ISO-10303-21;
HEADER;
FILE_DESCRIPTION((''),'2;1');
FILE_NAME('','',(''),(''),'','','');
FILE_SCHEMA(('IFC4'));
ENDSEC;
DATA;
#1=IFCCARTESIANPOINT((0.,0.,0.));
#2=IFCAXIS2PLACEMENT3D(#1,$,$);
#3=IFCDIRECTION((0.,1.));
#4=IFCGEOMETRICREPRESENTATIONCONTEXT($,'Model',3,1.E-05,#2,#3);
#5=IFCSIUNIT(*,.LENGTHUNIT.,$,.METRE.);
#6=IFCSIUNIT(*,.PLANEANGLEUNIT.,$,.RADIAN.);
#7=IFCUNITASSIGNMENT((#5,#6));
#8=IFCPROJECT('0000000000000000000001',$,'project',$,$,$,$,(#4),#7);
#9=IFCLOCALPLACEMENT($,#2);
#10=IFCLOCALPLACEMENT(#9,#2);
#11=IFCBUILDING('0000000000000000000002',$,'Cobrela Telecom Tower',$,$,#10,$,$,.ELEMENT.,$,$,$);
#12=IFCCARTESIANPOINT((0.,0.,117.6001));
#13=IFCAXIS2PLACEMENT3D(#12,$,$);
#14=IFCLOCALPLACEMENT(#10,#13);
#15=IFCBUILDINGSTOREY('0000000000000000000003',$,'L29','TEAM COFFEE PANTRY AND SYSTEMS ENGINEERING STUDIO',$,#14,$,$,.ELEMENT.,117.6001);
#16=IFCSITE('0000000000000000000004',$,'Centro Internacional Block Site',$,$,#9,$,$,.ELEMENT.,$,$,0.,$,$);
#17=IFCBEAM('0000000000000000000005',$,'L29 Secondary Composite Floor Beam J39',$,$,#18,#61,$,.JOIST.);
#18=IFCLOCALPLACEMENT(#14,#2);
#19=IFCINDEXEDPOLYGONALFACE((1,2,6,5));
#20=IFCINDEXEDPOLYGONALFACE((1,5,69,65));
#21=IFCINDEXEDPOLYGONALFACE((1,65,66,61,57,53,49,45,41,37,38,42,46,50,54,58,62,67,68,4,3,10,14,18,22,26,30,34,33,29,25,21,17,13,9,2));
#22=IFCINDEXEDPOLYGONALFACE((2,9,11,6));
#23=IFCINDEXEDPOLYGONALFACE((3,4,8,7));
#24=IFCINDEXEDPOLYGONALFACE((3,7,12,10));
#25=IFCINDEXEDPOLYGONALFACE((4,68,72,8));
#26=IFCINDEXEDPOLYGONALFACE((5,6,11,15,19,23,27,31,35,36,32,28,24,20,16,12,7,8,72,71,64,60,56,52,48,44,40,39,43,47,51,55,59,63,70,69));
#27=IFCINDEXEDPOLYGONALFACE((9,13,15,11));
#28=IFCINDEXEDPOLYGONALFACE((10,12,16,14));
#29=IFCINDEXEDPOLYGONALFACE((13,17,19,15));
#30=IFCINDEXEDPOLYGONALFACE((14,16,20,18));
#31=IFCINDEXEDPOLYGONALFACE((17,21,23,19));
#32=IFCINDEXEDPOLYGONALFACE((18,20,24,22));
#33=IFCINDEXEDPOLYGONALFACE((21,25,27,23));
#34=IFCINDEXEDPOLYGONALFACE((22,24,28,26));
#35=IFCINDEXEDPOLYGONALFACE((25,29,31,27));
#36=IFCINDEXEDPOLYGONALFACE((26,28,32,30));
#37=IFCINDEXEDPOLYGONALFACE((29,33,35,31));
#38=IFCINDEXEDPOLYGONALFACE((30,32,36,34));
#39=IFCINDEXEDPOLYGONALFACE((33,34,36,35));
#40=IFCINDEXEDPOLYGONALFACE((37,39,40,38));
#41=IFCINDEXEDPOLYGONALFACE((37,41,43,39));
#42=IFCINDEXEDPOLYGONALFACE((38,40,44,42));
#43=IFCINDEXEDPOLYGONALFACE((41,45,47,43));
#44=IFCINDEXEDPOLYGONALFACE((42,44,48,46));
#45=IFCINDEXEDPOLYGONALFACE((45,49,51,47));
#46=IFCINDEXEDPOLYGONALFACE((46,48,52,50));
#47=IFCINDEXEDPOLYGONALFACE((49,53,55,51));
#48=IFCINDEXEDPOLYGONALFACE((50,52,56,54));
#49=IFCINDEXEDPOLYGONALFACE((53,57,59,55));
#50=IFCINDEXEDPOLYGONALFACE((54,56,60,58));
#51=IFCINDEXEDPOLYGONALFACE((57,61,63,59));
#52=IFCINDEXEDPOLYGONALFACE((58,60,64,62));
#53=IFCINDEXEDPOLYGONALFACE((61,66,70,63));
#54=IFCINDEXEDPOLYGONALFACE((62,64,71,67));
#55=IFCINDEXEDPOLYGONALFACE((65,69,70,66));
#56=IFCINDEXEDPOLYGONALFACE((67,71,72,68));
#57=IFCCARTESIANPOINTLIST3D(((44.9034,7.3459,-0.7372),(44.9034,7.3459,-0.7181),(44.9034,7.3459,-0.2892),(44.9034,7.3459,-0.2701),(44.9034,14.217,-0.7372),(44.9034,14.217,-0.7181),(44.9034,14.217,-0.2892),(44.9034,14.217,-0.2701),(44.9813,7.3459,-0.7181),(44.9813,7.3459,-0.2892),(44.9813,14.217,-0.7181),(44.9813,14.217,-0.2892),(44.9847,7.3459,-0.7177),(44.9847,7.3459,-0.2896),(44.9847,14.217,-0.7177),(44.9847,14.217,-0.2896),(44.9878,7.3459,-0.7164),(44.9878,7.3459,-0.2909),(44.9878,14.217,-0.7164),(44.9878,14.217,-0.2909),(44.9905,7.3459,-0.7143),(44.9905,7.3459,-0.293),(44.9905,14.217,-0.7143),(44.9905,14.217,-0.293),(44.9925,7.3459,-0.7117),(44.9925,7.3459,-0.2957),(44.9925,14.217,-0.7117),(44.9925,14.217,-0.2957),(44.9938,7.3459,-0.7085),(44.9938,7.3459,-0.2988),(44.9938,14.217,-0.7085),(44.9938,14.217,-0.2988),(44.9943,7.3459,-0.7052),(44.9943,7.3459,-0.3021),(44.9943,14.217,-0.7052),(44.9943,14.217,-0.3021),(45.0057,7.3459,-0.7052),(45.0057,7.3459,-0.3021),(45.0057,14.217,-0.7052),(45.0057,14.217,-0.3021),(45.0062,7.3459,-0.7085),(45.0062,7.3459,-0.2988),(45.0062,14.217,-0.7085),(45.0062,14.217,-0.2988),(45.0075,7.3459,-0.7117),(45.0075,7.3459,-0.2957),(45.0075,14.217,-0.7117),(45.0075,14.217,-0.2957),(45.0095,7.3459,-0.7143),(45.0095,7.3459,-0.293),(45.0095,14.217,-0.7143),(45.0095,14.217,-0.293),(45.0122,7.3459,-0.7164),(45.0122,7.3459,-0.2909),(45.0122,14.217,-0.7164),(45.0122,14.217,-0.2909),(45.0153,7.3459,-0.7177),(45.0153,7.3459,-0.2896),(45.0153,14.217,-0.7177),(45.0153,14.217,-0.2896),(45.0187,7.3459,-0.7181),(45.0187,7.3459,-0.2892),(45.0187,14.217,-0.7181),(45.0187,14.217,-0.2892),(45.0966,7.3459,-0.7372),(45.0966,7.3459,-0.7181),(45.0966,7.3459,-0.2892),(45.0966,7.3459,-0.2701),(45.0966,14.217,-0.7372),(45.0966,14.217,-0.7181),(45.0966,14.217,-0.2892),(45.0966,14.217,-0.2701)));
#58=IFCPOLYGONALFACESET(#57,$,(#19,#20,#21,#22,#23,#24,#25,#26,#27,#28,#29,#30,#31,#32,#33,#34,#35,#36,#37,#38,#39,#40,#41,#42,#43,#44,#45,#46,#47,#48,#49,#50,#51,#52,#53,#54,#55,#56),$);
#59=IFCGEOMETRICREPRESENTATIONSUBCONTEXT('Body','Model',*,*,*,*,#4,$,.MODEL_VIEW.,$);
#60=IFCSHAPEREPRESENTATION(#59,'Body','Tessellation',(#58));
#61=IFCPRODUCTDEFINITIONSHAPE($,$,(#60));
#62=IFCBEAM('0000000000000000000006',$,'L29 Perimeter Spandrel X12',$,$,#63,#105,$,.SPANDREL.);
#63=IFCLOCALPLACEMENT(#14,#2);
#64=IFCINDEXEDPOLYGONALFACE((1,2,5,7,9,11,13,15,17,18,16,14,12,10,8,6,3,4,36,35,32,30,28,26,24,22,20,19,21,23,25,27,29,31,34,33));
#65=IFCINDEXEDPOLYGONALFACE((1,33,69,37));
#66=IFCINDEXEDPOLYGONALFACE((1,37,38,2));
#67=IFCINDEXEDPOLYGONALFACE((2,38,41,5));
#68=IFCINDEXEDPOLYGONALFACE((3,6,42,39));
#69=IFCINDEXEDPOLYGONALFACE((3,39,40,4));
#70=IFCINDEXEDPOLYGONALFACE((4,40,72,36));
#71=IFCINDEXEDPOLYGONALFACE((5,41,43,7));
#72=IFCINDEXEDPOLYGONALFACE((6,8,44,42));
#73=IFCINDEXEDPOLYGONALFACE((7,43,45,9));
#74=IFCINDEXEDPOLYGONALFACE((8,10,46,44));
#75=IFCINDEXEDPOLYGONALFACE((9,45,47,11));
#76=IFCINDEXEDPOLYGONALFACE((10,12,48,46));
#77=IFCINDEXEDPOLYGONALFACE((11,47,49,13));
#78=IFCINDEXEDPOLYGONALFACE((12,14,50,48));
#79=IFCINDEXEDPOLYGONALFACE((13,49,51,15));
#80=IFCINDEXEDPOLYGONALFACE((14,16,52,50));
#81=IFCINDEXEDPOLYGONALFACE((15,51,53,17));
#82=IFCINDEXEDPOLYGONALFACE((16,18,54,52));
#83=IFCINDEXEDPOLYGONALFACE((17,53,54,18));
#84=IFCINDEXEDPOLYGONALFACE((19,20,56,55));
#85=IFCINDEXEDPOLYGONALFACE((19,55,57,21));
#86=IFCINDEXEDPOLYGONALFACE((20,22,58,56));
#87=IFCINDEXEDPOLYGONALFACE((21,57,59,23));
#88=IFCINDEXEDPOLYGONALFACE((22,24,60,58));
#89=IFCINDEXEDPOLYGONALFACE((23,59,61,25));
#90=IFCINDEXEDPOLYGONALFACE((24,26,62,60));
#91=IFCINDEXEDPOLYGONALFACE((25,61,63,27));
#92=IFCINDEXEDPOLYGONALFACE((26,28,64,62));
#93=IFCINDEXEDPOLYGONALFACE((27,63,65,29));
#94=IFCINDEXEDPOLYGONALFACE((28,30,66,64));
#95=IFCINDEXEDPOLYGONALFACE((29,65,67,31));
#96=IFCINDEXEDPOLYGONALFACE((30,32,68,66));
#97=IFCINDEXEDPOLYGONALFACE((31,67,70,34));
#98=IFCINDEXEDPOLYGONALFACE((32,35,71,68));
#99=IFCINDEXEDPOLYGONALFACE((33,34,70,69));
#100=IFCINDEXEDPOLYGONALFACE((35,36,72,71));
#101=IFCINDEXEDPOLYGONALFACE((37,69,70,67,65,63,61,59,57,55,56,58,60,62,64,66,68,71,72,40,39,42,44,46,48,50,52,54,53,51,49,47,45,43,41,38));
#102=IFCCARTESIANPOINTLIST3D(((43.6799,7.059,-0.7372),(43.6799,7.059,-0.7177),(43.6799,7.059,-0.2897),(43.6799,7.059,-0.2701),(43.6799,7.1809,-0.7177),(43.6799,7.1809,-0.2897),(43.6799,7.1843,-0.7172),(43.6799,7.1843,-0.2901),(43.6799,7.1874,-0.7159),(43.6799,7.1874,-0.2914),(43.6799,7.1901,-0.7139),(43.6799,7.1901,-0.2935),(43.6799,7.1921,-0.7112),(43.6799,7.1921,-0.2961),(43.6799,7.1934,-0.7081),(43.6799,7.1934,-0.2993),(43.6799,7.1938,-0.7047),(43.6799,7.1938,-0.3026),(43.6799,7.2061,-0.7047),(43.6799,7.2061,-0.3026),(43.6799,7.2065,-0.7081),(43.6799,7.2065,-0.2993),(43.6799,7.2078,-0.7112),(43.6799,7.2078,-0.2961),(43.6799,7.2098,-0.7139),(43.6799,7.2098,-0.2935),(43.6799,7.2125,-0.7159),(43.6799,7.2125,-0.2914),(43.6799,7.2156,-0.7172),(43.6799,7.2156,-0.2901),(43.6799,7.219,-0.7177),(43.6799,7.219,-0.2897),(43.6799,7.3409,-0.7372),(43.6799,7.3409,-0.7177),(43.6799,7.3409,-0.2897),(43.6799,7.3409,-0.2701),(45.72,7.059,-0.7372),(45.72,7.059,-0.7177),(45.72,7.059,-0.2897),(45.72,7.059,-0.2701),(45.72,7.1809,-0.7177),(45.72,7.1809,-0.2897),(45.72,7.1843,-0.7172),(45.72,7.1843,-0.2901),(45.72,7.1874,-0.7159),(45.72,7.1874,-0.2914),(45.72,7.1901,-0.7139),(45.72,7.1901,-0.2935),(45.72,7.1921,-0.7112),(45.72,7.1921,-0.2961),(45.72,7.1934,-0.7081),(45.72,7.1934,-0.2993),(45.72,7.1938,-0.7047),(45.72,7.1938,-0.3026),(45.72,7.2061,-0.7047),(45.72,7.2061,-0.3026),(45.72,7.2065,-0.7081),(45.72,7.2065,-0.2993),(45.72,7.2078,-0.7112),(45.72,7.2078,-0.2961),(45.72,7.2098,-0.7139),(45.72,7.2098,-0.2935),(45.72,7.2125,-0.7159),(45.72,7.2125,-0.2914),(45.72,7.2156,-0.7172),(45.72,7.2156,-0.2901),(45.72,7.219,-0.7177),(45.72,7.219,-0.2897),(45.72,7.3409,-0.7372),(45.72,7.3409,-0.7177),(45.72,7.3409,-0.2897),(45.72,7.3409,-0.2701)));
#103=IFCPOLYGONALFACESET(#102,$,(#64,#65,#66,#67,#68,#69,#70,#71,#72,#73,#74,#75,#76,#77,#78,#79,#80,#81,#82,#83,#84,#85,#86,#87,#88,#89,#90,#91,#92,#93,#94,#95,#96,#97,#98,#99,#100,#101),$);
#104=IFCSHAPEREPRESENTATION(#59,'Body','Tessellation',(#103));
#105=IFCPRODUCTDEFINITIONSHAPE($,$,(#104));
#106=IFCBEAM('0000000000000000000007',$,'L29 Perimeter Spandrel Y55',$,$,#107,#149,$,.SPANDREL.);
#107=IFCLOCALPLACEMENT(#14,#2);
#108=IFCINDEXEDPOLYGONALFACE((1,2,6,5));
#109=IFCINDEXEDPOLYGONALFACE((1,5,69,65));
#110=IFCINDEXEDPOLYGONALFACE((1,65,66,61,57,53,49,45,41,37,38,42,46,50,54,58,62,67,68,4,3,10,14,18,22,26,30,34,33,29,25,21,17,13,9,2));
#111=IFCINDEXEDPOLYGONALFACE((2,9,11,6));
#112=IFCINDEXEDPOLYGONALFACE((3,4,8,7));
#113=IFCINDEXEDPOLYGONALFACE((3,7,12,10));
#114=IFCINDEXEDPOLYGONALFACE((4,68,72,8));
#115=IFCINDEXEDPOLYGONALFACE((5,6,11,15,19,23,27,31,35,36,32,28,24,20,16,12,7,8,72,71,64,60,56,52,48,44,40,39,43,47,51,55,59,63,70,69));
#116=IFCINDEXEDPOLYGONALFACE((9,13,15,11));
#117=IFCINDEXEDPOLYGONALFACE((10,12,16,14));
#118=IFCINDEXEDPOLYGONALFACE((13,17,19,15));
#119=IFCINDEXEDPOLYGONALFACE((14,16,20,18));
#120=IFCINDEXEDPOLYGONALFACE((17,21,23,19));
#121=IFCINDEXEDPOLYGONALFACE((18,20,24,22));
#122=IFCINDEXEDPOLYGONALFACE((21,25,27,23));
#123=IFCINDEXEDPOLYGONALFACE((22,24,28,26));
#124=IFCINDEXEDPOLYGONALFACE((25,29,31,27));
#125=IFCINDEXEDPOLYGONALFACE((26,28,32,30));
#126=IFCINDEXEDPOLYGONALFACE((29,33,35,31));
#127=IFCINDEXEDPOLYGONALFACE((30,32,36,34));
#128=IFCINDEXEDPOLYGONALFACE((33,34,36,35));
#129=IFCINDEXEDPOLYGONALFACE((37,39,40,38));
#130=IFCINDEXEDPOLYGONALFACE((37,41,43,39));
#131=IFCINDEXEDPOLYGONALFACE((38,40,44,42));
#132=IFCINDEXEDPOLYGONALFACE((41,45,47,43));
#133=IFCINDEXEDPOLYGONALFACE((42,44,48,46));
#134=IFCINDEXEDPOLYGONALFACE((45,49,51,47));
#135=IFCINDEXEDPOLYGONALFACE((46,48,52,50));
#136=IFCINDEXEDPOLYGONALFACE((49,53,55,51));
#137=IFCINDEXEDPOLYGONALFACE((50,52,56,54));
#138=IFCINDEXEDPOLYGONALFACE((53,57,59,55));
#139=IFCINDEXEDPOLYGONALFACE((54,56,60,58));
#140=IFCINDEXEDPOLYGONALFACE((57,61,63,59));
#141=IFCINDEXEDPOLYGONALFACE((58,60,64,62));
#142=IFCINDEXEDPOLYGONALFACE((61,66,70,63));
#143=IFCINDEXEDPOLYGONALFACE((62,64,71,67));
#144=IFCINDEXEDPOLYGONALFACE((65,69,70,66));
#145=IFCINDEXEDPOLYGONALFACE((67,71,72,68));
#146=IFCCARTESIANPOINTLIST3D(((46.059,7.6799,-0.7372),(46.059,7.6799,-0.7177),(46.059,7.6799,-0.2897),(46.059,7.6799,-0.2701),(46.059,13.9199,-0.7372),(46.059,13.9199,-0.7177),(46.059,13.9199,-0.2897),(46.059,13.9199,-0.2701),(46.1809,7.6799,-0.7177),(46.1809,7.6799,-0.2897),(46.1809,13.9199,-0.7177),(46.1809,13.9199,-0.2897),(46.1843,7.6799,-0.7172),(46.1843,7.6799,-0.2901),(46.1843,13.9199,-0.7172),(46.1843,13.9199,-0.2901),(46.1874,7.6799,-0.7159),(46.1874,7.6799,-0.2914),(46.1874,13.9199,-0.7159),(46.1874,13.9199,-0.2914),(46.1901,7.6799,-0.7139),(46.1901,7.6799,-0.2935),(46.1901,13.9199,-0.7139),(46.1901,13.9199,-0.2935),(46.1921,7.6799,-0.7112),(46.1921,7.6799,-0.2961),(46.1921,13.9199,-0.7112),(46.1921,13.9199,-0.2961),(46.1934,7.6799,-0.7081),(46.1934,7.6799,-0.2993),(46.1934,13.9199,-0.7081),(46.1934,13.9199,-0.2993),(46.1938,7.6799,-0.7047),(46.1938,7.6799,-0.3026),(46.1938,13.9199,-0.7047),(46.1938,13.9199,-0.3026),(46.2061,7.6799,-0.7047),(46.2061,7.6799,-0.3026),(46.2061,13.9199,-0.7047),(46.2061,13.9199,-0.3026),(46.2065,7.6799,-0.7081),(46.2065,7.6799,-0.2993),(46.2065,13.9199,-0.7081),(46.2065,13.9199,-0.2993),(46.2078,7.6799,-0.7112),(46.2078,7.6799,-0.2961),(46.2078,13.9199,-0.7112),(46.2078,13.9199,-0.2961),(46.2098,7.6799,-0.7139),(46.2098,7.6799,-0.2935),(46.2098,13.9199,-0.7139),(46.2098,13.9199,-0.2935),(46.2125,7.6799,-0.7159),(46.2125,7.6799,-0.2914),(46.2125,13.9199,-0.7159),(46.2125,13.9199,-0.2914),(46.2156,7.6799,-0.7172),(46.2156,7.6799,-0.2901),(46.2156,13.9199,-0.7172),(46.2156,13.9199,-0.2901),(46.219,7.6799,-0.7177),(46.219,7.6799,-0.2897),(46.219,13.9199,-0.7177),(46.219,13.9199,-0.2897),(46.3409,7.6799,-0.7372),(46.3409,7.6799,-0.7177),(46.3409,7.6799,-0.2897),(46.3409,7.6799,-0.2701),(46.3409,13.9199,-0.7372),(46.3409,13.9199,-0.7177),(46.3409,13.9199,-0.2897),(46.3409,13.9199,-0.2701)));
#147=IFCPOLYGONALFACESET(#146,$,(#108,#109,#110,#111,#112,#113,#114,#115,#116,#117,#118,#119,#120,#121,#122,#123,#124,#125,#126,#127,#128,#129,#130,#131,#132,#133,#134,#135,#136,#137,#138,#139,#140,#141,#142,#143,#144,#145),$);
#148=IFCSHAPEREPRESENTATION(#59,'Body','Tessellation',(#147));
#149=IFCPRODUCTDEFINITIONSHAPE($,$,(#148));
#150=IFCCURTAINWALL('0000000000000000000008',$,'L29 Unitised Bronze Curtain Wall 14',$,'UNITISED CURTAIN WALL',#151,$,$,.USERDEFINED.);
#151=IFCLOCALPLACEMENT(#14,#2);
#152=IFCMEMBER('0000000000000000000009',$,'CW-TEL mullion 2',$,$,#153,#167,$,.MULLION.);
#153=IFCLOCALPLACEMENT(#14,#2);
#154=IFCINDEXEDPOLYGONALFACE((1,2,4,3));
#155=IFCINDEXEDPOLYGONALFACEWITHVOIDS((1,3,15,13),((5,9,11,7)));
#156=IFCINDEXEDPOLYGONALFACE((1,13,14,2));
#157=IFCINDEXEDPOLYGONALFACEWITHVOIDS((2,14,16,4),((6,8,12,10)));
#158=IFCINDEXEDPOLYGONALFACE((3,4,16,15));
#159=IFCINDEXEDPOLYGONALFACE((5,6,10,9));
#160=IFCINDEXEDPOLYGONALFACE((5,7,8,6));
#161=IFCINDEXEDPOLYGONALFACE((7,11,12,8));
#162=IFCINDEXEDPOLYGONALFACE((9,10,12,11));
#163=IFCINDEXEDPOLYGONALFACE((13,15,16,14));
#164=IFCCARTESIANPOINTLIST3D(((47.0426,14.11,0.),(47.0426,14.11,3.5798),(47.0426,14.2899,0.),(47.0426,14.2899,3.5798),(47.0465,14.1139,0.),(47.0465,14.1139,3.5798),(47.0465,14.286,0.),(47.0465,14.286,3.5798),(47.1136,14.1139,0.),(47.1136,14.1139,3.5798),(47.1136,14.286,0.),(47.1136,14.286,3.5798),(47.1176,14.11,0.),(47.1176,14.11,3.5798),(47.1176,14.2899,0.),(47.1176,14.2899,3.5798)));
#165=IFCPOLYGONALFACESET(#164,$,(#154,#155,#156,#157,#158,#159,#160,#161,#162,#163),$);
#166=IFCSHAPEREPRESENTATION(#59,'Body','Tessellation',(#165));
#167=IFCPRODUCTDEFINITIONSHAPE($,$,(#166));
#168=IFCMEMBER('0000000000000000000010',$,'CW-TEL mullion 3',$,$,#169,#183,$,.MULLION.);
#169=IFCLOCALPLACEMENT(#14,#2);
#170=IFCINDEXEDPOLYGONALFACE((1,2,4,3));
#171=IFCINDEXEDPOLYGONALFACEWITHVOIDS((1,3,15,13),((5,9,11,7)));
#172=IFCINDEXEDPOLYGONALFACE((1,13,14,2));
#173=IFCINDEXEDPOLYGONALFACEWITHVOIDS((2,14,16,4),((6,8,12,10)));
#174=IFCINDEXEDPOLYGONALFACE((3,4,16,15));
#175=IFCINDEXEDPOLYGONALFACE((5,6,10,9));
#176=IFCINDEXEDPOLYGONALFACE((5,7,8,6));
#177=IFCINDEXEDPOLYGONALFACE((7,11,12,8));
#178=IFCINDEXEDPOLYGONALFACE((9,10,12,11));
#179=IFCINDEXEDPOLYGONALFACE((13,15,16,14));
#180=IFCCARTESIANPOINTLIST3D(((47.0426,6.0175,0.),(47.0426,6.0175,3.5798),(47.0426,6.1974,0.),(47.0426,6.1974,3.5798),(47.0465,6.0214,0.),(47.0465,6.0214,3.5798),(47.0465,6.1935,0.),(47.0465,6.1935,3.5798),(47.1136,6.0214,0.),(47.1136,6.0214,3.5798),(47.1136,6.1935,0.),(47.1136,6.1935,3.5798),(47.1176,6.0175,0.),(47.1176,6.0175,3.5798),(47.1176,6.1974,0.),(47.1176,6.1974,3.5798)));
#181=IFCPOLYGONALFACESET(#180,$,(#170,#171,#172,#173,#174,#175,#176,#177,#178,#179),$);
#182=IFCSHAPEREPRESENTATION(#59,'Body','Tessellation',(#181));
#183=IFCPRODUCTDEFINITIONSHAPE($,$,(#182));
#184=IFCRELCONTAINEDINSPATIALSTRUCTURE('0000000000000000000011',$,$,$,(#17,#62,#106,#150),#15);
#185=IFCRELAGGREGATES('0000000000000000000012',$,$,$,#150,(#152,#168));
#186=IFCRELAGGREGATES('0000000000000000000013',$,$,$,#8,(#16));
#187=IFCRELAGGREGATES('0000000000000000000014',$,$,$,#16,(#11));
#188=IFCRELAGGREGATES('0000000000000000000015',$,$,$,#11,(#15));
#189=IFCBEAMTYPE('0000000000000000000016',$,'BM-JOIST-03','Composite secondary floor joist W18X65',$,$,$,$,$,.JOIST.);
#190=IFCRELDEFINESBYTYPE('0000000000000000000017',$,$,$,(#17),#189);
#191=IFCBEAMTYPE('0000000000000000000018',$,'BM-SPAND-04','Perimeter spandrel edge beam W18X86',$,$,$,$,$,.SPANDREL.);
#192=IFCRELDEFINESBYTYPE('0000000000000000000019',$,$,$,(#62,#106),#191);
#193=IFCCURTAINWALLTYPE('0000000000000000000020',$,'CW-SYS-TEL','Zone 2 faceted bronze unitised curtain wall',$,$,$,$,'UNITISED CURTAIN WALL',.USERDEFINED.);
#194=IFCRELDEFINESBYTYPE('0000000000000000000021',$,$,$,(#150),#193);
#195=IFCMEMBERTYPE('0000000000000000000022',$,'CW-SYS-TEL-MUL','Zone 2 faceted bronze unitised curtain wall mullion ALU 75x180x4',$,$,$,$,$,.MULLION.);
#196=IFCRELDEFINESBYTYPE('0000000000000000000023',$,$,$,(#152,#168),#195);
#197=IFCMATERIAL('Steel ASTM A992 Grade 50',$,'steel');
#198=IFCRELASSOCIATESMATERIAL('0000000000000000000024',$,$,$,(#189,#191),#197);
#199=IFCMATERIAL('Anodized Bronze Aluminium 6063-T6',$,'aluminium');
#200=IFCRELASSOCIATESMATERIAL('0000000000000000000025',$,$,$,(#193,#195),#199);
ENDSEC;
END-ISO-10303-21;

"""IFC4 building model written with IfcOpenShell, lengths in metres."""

from ifc_helpers import new_model, si_unit, direction, frame, origin, origin_2d, place, context, subcontext, project, spatial, hollow_rectangle, i_section, extrude, material, material_profile, profile_set, type_object, element, aggregate, save


model = new_model("IFC4")

# Units and contexts
model_context = context("Model", 3, precision=1e-05, world=origin(), true_north=direction((0.0, 1.0)))
body_context = subcontext(model_context, "Body", "Model", "MODEL_VIEW")
ifc_project = project(units=[si_unit("LENGTHUNIT", "METRE"), si_unit("PLANEANGLEUNIT", "RADIAN")], contexts=[model_context])

# Site, building, storey
site_placement = place(None, origin())
site = spatial("IfcSite", under=ifc_project, at=site_placement, Name="Centro Internacional Block Site", CompositionType="ELEMENT", RefElevation=0.0)
building_placement = place(site_placement, origin())
building = spatial("IfcBuilding", under=site, at=building_placement, Name="Cobrela Telecom Tower", CompositionType="ELEMENT")
storey_placement = place(building_placement, frame((0.0, 0.0, 117.6001)))
storey = spatial("IfcBuildingStorey", under=building, at=storey_placement, Name="L29", Description="TEAM COFFEE PANTRY AND SYSTEMS ENGINEERING STUDIO", CompositionType="ELEMENT", Elevation=117.6001)

# Shared definitions
ifc_material_1 = material(Name="Steel ASTM A992 Grade 50", Category="steel")

# Beams
ifc_material_profile_1 = material_profile(ifc_material_1, i_section(OverallWidth=0.1931, OverallDepth=0.467, WebThickness=0.0115, FlangeThickness=0.019, FilletRadius=0.0129, at=origin_2d()), Name="W18X65")
ifc_profile_set_1 = profile_set([ifc_material_profile_1], Name="Steel ASTM A992 Grade 50")
beam_type_1 = type_object("IfcBeamType", Name="BM-JOIST-03", Description="Composite secondary floor joist W18X65", PredefinedType="JOIST", material=ifc_profile_set_1)
beam_1_placement = place(storey_placement, frame((45.0, 7.3459, -0.5037), z_axis=(0.0, 1.0, 0.0), x_axis=(-1.0, 0.0, 0.0)))
element("IfcBeam", 1, at=beam_1_placement, inside=storey, type_object=beam_type_1, Name="L29 Secondary Composite Floor Beam J39", PredefinedType="JOIST", context=body_context, shape_type="SweptSolid", body=[
    extrude(i_section(OverallWidth=0.1931, OverallDepth=0.467, WebThickness=0.0115, FlangeThickness=0.019, FilletRadius=0.0129, at=origin_2d()), origin(), (0.0, 0.0, 1.0), 6.8711),
])
ifc_material_profile_2 = material_profile(ifc_material_1, i_section(OverallWidth=0.282, OverallDepth=0.467, WebThickness=0.0122, FlangeThickness=0.0195, FilletRadius=0.0129, at=origin_2d()), Name="W18X86")
ifc_profile_set_2 = profile_set([ifc_material_profile_2], Name="Steel ASTM A992 Grade 50")
beam_type_2 = type_object("IfcBeamType", Name="BM-SPAND-04", Description="Perimeter spandrel edge beam W18X86", PredefinedType="SPANDREL", material=ifc_profile_set_2)
beam_2_placement = place(storey_placement, frame((43.6799, 7.2, -0.5037), z_axis=(1.0, 0.0, 0.0), x_axis=(0.0, 1.0, 0.0)))
element("IfcBeam", 2, at=beam_2_placement, inside=storey, type_object=beam_type_2, Name="L29 Perimeter Spandrel X12", PredefinedType="SPANDREL", context=body_context, shape_type="SweptSolid", body=[
    extrude(i_section(OverallWidth=0.282, OverallDepth=0.467, WebThickness=0.0122, FlangeThickness=0.0195, FilletRadius=0.0129, at=origin_2d()), origin(), (0.0, 0.0, 1.0), 2.04),
])
beam_3_placement = place(storey_placement, frame((46.2, 7.6799, -0.5037), z_axis=(0.0, 1.0, 0.0), x_axis=(-1.0, 0.0, 0.0)))
element("IfcBeam", 3, at=beam_3_placement, inside=storey, type_object=beam_type_2, Name="L29 Perimeter Spandrel Y55", PredefinedType="SPANDREL", context=body_context, shape_type="SweptSolid", body=[
    extrude(i_section(OverallWidth=0.282, OverallDepth=0.467, WebThickness=0.0122, FlangeThickness=0.0195, FilletRadius=0.0129, at=origin_2d()), origin(), (0.0, 0.0, 1.0), 6.24),
])

# Curtain wall, members
ifc_material_2 = material(Name="Anodized Bronze Aluminium 6063-T6", Category="aluminium")
curtain_wall_type = type_object("IfcCurtainWallType", Name="CW-SYS-TEL", Description="Zone 2 faceted bronze unitised curtain wall", ElementType="UNITISED CURTAIN WALL", PredefinedType="USERDEFINED", material=ifc_material_2)
curtain_wall_1_placement = place(storey_placement, origin())
curtain_wall_1 = element("IfcCurtainWall", 4, at=curtain_wall_1_placement, inside=storey, type_object=curtain_wall_type, Name="L29 Unitised Bronze Curtain Wall 14", ObjectType="UNITISED CURTAIN WALL", PredefinedType="USERDEFINED")
ifc_material_profile_3 = material_profile(ifc_material_2, hollow_rectangle(XDim=0.075, YDim=0.1799, WallThickness=0.0039, at=origin_2d()), Name="ALU 75x180x4")
ifc_profile_set_3 = profile_set([ifc_material_profile_3], Name="Anodized Bronze Aluminium 6063-T6")
member_type_1 = type_object("IfcMemberType", Name="CW-SYS-TEL-MUL", Description="Zone 2 faceted bronze unitised curtain wall mullion ALU 75x180x4", PredefinedType="MULLION", material=ifc_profile_set_3)
member_1_placement = place(storey_placement, frame((47.0801, 14.2, 0.0), z_axis=(0.0, 0.0, 1.0), x_axis=(1.0, 0.0, 0.0)))
member_1 = element("IfcMember", 5, at=member_1_placement, type_object=member_type_1, Name="CW-TEL mullion 2", PredefinedType="MULLION", context=body_context, shape_type="SweptSolid", body=[
    extrude(hollow_rectangle(XDim=0.075, YDim=0.1799, WallThickness=0.0039, at=origin_2d()), origin(), (0.0, 0.0, 1.0), 3.5798),
])
member_2_placement = place(storey_placement, frame((47.0801, 6.1074, 0.0), z_axis=(0.0, 0.0, 1.0), x_axis=(1.0, 0.0, 0.0)))
member_2 = element("IfcMember", 6, at=member_2_placement, type_object=member_type_1, Name="CW-TEL mullion 3", PredefinedType="MULLION", context=body_context, shape_type="SweptSolid", body=[
    extrude(hollow_rectangle(XDim=0.075, YDim=0.1799, WallThickness=0.0039, at=origin_2d()), origin(), (0.0, 0.0, 1.0), 3.5798),
])

aggregate(curtain_wall_1, [member_1, member_2])

save(model, "model.ifc")
